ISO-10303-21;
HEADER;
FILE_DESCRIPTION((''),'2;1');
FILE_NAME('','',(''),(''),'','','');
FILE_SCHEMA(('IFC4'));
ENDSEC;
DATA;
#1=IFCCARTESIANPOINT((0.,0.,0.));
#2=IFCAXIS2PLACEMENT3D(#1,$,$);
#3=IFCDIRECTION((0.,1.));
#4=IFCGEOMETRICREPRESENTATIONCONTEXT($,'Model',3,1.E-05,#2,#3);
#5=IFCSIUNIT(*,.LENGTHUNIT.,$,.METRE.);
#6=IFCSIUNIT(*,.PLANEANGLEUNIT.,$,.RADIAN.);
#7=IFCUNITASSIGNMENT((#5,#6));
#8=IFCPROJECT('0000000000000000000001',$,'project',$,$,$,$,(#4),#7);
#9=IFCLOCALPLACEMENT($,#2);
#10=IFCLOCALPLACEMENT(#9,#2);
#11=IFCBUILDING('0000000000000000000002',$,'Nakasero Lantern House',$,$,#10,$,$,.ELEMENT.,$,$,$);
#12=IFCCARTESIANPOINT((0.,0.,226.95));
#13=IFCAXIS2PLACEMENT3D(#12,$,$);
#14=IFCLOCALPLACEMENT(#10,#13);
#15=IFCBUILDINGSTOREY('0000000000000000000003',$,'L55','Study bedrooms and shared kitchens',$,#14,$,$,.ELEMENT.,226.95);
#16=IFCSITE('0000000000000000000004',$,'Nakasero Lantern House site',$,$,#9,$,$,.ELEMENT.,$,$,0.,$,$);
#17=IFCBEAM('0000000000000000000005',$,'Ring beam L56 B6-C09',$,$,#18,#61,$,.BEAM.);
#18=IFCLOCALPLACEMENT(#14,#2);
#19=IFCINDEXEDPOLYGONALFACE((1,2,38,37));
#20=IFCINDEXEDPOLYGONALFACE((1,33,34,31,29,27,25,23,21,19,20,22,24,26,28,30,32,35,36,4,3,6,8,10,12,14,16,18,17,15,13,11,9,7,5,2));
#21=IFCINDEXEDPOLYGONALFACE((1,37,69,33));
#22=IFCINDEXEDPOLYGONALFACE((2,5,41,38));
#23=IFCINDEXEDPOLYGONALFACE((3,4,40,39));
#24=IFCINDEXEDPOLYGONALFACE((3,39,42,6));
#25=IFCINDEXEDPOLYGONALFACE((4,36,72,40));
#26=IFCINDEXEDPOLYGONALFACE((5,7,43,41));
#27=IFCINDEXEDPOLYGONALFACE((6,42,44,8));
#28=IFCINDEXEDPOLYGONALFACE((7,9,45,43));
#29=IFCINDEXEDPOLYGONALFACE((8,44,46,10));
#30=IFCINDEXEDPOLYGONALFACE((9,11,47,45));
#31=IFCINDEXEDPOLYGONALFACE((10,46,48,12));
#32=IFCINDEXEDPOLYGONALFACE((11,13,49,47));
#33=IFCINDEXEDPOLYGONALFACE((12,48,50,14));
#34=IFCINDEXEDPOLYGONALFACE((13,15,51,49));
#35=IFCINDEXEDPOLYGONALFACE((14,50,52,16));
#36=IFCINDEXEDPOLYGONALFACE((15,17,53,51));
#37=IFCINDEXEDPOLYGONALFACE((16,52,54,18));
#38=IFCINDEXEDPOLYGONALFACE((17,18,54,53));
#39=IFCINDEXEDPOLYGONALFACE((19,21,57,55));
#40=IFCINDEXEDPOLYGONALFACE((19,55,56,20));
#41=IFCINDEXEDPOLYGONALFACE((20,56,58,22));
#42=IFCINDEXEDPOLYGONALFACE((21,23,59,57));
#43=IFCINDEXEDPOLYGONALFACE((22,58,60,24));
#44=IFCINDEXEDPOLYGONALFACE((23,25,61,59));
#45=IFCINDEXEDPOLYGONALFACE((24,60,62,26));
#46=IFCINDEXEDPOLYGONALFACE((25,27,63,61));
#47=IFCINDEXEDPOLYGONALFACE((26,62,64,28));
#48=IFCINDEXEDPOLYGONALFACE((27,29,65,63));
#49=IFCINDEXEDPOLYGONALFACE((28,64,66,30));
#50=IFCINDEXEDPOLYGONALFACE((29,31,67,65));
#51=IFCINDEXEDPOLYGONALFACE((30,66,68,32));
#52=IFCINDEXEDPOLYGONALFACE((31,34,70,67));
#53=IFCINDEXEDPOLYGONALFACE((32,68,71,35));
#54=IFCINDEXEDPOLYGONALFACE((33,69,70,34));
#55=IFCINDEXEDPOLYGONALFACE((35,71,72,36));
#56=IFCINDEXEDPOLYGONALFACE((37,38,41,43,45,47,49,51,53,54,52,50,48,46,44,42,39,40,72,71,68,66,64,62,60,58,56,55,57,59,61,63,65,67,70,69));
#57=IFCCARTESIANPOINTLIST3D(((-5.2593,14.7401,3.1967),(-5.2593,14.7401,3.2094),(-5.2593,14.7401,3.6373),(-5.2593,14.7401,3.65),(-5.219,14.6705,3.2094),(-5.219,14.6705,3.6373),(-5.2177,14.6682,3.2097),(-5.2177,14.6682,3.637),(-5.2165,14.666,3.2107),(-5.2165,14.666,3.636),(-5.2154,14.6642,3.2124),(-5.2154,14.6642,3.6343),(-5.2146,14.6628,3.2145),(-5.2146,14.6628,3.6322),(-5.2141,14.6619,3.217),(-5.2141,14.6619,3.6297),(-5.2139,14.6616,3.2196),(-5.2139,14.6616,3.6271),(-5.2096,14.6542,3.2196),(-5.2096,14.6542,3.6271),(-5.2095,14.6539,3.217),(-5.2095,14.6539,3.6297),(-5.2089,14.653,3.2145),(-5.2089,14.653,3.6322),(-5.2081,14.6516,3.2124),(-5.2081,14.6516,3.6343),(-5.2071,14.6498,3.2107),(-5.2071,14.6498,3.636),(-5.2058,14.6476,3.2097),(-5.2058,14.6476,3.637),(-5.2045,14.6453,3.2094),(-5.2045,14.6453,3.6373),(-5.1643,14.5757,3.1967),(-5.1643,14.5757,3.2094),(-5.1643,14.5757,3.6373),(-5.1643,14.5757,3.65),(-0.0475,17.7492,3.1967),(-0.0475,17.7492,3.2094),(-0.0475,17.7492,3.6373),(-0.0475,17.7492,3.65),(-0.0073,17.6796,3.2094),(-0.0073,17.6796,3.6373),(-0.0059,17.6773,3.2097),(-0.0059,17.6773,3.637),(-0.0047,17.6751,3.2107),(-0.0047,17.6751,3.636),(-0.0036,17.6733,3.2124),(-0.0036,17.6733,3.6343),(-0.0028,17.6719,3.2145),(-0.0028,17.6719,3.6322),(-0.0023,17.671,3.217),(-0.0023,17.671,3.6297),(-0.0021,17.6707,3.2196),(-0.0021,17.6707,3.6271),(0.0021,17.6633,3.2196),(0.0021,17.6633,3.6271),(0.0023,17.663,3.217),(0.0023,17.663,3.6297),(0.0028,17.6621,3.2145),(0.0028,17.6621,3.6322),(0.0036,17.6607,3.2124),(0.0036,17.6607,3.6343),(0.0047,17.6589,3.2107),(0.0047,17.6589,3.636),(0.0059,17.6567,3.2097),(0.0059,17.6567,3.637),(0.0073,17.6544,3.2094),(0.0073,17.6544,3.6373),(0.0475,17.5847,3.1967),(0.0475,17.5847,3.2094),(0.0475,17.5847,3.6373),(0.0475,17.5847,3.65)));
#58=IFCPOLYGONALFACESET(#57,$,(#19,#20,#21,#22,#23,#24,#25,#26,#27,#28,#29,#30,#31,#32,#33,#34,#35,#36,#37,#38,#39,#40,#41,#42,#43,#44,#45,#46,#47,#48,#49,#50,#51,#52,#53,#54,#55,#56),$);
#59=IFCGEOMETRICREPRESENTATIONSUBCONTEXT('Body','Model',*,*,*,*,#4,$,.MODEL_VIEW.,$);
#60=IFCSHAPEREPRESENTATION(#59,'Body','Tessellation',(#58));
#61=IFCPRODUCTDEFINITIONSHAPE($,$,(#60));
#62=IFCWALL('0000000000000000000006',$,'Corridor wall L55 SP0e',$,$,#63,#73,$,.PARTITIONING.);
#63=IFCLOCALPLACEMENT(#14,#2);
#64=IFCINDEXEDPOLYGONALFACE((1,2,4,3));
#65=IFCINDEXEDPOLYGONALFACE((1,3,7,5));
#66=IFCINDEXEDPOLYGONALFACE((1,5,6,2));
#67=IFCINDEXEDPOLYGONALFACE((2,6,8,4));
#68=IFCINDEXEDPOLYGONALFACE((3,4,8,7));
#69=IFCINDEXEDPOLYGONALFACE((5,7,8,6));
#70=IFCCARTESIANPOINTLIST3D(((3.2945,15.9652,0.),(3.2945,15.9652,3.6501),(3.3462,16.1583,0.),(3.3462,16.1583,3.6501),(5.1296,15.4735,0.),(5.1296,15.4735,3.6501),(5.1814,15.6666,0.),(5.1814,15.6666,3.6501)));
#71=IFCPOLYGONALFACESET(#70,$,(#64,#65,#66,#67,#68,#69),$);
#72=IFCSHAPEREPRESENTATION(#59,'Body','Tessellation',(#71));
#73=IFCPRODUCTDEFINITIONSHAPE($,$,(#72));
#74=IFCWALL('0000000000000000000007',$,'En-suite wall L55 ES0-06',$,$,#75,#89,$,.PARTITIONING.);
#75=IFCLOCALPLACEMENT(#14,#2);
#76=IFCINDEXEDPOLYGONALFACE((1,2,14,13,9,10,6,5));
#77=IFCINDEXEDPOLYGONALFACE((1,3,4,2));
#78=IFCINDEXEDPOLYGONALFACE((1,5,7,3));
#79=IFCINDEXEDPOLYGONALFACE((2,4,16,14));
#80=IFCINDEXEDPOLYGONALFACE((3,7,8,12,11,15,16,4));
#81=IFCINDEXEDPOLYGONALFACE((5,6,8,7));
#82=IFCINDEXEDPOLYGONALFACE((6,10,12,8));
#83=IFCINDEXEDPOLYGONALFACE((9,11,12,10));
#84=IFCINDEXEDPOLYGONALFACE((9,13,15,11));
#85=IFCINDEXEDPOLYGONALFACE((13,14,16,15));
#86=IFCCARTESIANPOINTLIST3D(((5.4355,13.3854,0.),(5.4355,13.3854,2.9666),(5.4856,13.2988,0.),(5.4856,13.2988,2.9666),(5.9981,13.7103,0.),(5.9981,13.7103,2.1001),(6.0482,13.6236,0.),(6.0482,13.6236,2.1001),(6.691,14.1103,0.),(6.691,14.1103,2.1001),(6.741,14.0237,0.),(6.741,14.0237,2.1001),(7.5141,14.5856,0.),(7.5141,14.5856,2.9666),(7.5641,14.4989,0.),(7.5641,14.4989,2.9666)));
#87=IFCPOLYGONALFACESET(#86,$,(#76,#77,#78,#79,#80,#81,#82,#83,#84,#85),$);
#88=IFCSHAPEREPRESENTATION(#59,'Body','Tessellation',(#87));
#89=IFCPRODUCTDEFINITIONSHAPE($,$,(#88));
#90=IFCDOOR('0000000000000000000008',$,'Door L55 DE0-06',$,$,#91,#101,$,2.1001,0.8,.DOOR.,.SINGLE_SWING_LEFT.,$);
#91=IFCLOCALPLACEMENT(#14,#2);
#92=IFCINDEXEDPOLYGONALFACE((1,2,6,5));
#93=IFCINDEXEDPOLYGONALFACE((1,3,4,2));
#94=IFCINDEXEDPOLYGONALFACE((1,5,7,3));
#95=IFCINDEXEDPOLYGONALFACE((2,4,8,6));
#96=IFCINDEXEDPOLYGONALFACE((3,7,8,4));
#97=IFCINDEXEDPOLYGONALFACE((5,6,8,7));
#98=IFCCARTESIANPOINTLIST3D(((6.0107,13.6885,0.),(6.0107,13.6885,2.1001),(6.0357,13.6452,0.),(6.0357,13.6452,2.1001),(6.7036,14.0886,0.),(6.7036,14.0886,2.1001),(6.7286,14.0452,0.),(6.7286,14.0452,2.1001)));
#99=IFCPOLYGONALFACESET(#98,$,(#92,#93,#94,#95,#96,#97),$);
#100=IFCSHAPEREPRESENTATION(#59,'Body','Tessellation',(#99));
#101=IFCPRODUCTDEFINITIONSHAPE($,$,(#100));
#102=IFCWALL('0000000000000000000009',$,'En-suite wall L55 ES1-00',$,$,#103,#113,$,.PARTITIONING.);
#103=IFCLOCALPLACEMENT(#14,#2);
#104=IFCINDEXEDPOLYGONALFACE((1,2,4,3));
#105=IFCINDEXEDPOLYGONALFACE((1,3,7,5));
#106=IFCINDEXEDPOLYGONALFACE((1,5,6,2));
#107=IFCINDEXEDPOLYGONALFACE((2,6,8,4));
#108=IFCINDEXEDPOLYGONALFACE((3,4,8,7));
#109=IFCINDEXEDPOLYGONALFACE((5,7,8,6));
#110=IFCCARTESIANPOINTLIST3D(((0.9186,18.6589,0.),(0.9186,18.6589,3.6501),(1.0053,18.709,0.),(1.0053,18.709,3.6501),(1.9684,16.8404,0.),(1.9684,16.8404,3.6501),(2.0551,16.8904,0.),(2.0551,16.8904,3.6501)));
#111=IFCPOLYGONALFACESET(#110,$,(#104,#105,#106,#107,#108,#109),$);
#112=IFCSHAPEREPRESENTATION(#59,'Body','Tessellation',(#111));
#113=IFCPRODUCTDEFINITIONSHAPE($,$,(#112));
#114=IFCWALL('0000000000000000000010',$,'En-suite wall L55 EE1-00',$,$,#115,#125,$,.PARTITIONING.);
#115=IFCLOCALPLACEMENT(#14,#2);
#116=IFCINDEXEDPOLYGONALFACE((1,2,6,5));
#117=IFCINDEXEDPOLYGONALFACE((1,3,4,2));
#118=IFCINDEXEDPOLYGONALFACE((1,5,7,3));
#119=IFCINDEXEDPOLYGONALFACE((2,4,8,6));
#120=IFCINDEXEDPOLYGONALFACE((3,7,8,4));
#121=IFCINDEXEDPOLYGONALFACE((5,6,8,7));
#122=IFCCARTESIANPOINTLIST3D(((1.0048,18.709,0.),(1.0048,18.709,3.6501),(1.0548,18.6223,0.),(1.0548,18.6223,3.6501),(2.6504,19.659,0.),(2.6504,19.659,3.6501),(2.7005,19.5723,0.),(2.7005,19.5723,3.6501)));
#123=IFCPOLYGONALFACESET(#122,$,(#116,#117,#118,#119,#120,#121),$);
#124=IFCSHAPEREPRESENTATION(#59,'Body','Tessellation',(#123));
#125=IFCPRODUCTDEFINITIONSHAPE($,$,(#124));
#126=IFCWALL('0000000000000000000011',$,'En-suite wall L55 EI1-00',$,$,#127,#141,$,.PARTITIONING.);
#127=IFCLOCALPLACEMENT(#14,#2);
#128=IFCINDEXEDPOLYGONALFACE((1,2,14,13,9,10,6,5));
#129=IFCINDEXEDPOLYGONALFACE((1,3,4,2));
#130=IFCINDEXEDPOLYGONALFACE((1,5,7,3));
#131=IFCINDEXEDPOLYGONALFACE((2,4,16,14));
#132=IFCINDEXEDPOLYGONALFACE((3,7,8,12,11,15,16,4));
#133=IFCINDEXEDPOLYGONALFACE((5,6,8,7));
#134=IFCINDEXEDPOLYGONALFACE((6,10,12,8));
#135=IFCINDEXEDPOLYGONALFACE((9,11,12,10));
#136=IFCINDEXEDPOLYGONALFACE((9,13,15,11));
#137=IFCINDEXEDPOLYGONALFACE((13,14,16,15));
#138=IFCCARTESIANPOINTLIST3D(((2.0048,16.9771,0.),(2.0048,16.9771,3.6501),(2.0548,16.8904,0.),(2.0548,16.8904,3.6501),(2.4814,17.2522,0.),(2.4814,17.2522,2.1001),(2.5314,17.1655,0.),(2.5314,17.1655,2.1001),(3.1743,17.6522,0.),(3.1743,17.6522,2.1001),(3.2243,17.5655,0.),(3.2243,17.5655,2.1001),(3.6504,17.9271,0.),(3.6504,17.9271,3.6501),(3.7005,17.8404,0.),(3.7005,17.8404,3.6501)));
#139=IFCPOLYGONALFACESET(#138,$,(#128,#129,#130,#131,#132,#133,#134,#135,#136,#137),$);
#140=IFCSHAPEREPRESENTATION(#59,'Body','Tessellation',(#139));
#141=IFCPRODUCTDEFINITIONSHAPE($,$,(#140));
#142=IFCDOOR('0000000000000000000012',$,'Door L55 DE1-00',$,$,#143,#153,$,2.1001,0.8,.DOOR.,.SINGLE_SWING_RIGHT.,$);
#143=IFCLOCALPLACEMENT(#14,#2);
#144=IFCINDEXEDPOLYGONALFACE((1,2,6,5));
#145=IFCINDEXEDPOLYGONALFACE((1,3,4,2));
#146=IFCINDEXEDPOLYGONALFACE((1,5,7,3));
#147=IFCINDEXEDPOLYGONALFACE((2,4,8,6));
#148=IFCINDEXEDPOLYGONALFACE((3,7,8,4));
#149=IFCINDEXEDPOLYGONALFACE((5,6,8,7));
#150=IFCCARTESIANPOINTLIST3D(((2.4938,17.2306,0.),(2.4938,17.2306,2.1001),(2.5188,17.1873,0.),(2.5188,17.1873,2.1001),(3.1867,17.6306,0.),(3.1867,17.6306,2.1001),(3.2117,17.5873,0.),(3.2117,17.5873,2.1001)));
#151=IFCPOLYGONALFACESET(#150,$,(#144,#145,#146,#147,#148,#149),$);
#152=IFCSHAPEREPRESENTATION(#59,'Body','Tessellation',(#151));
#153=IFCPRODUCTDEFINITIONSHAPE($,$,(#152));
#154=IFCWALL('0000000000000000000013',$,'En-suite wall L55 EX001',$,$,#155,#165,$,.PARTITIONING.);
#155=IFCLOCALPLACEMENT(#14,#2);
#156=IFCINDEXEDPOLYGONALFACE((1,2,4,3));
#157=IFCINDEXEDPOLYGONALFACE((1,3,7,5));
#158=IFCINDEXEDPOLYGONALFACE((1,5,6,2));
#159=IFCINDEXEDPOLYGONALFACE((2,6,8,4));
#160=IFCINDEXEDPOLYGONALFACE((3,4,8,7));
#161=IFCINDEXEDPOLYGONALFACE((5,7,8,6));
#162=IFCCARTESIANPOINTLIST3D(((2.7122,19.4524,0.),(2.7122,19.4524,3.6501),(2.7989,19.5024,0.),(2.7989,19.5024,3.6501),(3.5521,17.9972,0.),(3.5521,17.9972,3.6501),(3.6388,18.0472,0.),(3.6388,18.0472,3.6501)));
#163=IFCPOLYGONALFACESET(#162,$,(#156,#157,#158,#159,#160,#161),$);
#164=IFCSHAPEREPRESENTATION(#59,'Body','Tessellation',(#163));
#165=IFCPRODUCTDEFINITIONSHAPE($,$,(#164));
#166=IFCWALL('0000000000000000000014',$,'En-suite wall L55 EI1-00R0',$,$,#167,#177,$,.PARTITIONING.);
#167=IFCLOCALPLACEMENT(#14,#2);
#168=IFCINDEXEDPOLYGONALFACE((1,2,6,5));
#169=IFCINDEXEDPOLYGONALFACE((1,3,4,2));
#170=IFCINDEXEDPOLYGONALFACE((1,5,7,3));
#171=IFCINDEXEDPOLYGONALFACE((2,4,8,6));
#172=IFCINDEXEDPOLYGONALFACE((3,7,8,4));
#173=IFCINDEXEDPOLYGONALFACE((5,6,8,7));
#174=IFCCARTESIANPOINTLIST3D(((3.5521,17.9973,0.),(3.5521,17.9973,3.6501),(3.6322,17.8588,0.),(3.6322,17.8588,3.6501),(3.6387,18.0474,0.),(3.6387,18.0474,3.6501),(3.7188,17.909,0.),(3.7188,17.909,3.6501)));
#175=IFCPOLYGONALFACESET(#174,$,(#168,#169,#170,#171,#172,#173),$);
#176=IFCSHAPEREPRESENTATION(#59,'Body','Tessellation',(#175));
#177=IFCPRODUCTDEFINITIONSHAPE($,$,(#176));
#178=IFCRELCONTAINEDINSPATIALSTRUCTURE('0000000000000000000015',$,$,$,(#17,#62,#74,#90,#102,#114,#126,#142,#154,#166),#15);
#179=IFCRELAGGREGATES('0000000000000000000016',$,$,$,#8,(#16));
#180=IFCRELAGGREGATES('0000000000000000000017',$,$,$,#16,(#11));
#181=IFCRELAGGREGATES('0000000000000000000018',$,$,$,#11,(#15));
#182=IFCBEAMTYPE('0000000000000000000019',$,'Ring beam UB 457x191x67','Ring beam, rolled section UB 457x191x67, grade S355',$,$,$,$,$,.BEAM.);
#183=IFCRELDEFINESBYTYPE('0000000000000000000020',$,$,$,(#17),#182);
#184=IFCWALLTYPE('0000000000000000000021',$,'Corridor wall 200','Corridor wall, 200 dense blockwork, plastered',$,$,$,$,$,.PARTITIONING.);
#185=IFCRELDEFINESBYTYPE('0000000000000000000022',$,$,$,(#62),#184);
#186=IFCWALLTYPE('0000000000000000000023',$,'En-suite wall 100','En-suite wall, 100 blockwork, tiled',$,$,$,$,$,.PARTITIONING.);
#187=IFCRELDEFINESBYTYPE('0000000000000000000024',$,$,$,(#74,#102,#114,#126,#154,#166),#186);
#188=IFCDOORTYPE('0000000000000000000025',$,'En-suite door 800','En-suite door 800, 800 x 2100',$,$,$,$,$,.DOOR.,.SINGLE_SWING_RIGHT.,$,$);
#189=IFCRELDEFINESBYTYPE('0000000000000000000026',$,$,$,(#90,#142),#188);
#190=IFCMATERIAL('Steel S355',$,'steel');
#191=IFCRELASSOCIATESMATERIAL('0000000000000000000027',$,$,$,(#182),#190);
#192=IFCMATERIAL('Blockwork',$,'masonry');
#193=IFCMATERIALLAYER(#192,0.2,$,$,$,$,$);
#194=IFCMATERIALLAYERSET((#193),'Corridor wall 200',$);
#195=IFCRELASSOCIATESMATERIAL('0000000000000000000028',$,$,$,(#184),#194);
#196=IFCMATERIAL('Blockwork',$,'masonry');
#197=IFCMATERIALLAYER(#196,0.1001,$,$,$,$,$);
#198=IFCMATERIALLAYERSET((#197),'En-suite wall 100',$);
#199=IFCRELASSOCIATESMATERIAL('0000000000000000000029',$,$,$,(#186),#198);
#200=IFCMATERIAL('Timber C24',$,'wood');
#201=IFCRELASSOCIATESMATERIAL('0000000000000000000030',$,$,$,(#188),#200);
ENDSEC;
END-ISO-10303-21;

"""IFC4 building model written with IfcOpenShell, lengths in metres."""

from ifc_helpers import new_model, si_unit, direction, frame, frame_2d, origin, origin_2d, place, context, subcontext, project, spatial, rectangle, i_section, extrude, material, layer, layer_set, material_profile, profile_set, type_object, element, fill, save


model = new_model("IFC4")

# Units and contexts
model_context = context("Model", 3, precision=1e-05, world=origin(), true_north=direction((0.0, 1.0)))
body_context = subcontext(model_context, "Body", "Model", "MODEL_VIEW")
ifc_project = project(units=[si_unit("LENGTHUNIT", "METRE"), si_unit("PLANEANGLEUNIT", "RADIAN")], contexts=[model_context])

# Site, building, storey
site_placement = place(None, origin())
site = spatial("IfcSite", under=ifc_project, at=site_placement, Name="Nakasero Lantern House site", CompositionType="ELEMENT", RefElevation=0.0)
building_placement = place(site_placement, origin())
building = spatial("IfcBuilding", under=site, at=building_placement, Name="Nakasero Lantern House", CompositionType="ELEMENT")
storey_placement = place(building_placement, frame((0.0, 0.0, 226.95)))
storey = spatial("IfcBuildingStorey", under=building, at=storey_placement, Name="L55", Description="Study bedrooms and shared kitchens", CompositionType="ELEMENT", Elevation=226.95)

# Beam
ifc_material_1 = material(Name="Steel S355", Category="steel")
ifc_material_profile = material_profile(ifc_material_1, i_section(OverallWidth=0.1899, OverallDepth=0.4534, WebThickness=0.0085, FlangeThickness=0.0127, FilletRadius=0.0103, at=origin_2d()), Name="UB 457x191x67")
ifc_profile_set = profile_set([ifc_material_profile], Name="Steel S355")
beam_type = type_object("IfcBeamType", Name="Ring beam UB 457x191x67", Description="Ring beam, rolled section UB 457x191x67, grade S355", PredefinedType="BEAM", material=ifc_profile_set)
beam_placement = place(storey_placement, frame((0.0, 17.667, 3.4233), z_axis=(-0.86602, -0.500009, 0.0), x_axis=(0.500009, -0.86602, 0.0)))
element("IfcBeam", 1, at=beam_placement, inside=storey, type_object=beam_type, Name="Ring beam L56 B6-C09", PredefinedType="BEAM", context=body_context, shape_type="SweptSolid", body=[
    extrude(i_section(OverallWidth=0.1899, OverallDepth=0.4534, WebThickness=0.0085, FlangeThickness=0.0127, FilletRadius=0.0103, at=origin_2d()), origin(), (0.0, 0.0, 1.0), 6.0181),
])

# Wall
ifc_material_2 = material(Name="Blockwork", Category="masonry")
ifc_layer_1 = layer(ifc_material_2, 0.2)
ifc_layer_set_1 = layer_set([ifc_layer_1], Name="Corridor wall 200")
wall_type_1 = type_object("IfcWallType", Name="Corridor wall 200", Description="Corridor wall, 200 dense blockwork, plastered", PredefinedType="PARTITIONING", material=ifc_layer_set_1)
wall_1_placement = place(storey_placement, frame((5.1555, 15.5701, 0.0), z_axis=(0.0, 0.0, 1.0), x_axis=(-0.965931, 0.258798, 0.0)))
element("IfcWall", 2, at=wall_1_placement, inside=storey, type_object=wall_type_1, Name="Corridor wall L55 SP0e", PredefinedType="PARTITIONING", context=body_context, shape_type="SweptSolid", body=[
    extrude(rectangle(XDim=1.8999, YDim=0.2, at=frame_2d((0.95, 0.0))), origin(), (0.0, 0.0, 1.0), 3.6501),
])

# Wall, opening, door
ifc_material_3 = material(Name="Blockwork", Category="masonry")
ifc_layer_2 = layer(ifc_material_3, 0.1001)
ifc_layer_set_2 = layer_set([ifc_layer_2], Name="En-suite wall 100")
wall_type_2 = type_object("IfcWallType", Name="En-suite wall 100", Description="En-suite wall, 100 blockwork, tiled", PredefinedType="PARTITIONING", material=ifc_layer_set_2)
wall_2_placement = place(storey_placement, frame((5.4604, 13.342, 0.0), z_axis=(0.0, 0.0, 1.0), x_axis=(0.866006, 0.500034, 0.0)))
wall_2 = element("IfcWall", 3, at=wall_2_placement, inside=storey, type_object=wall_type_2, Name="En-suite wall L55 ES0-06", PredefinedType="PARTITIONING", context=body_context, shape_type="SweptSolid", body=[
    extrude(rectangle(XDim=2.4001, YDim=0.1001, at=frame_2d((1.2002, 0.0))), origin(), (0.0, 0.0, 1.0), 2.9666),
])
opening_1_placement = place(wall_2_placement, frame((0.6499, 0.0, 0.0)))
opening_1 = element("IfcOpeningElement", 4, at=opening_1_placement, cuts=wall_2, PredefinedType="OPENING", context=body_context, shape_type="SweptSolid", body=[
    extrude(rectangle(XDim=0.8, YDim=2.1001, at=frame_2d((0.3999, 1.05))), frame((0.0, 0.0701, 0.0), z_axis=(0.0, -1.0, 0.0), x_axis=(1.0, 0.0, 0.0)), (0.0, 0.0, 1.0), 0.1401),
])
ifc_material_4 = material(Name="Timber C24", Category="wood")
door_type_1 = type_object("IfcDoorType", Name="En-suite door 800", Description="En-suite door 800, 800 x 2100", OperationType="SINGLE_SWING_RIGHT", PredefinedType="DOOR", material=ifc_material_4)
door_1_placement = place(opening_1_placement, origin())
door_1 = element("IfcDoor", 5, at=door_1_placement, inside=storey, type_object=door_type_1, Name="Door L55 DE0-06", OperationType="SINGLE_SWING_LEFT", OverallHeight=2.1001, OverallWidth=0.8, PredefinedType="DOOR", context=body_context, shape_type="SweptSolid", body=[
    extrude(rectangle(XDim=0.8, YDim=2.1001, at=frame_2d((0.3999, 1.05))), frame((0.0, 0.0249, 0.0), z_axis=(0.0, -1.0, 0.0), x_axis=(1.0, 0.0, 0.0)), (0.0, 0.0, 1.0), 0.05),
])
fill(opening_1, door_1)

# Walls
wall_3_placement = place(storey_placement, frame((2.0117, 16.8655, 0.0), z_axis=(0.0, 0.0, 1.0), x_axis=(-0.499941, 0.86606, 0.0)))
element("IfcWall", 6, at=wall_3_placement, inside=storey, type_object=wall_type_2, Name="En-suite wall L55 ES1-00", PredefinedType="PARTITIONING", context=body_context, shape_type="SweptSolid", body=[
    extrude(rectangle(XDim=2.0999, YDim=0.1001, at=frame_2d((1.0498, 0.0))), origin(), (0.0, 0.0, 1.0), 3.6501),
])
wall_4_placement = place(storey_placement, frame((2.6755, 19.6157, 0.0), z_axis=(0.0, 0.0, 1.0), x_axis=(-0.866044, -0.499967, 0.0)))
element("IfcWall", 7, at=wall_4_placement, inside=storey, type_object=wall_type_2, Name="En-suite wall L55 EE1-00", PredefinedType="PARTITIONING", context=body_context, shape_type="SweptSolid", body=[
    extrude(rectangle(XDim=1.9001, YDim=0.1001, at=frame_2d((0.9502, 0.0))), origin(), (0.0, 0.0, 1.0), 3.6501),
])

# Wall, opening, door
wall_5_placement = place(storey_placement, frame((3.6755, 17.8838, 0.0), z_axis=(0.0, 0.0, 1.0), x_axis=(-0.866044, -0.499967, 0.0)))
wall_5 = element("IfcWall", 8, at=wall_5_placement, inside=storey, type_object=wall_type_2, Name="En-suite wall L55 EI1-00", PredefinedType="PARTITIONING", context=body_context, shape_type="SweptSolid", body=[
    extrude(rectangle(XDim=1.9001, YDim=0.1001, at=frame_2d((0.9502, 0.0))), origin(), (0.0, 0.0, 1.0), 3.6501),
])
opening_2_placement = place(wall_5_placement, frame((0.55, 0.0, 0.0)))
opening_2 = element("IfcOpeningElement", 9, at=opening_2_placement, cuts=wall_5, PredefinedType="OPENING", context=body_context, shape_type="SweptSolid", body=[
    extrude(rectangle(XDim=0.8, YDim=2.1001, at=frame_2d((0.3999, 1.05))), frame((0.0, 0.0701, 0.0), z_axis=(0.0, -1.0, 0.0), x_axis=(1.0, 0.0, 0.0)), (0.0, 0.0, 1.0), 0.1401),
])
door_2_placement = place(opening_2_placement, origin())
door_2 = element("IfcDoor", 10, at=door_2_placement, inside=storey, type_object=door_type_1, Name="Door L55 DE1-00", OperationType="SINGLE_SWING_RIGHT", OverallHeight=2.1001, OverallWidth=0.8, PredefinedType="DOOR", context=body_context, shape_type="SweptSolid", body=[
    extrude(rectangle(XDim=0.8, YDim=2.1001, at=frame_2d((0.3999, 1.05))), frame((0.0, 0.0249, 0.0), z_axis=(0.0, -1.0, 0.0), x_axis=(1.0, 0.0, 0.0)), (0.0, 0.0, 1.0), 0.05),
])
fill(opening_2, door_2)

# Walls
wall_6_placement = place(storey_placement, frame((3.5955, 18.0222, 0.0), z_axis=(0.0, 0.0, 1.0), x_axis=(-0.49989, 0.866089, 0.0)))
element("IfcWall", 11, at=wall_6_placement, inside=storey, type_object=wall_type_2, Name="En-suite wall L55 EX001", PredefinedType="PARTITIONING", context=body_context, shape_type="SweptSolid", body=[
    extrude(rectangle(XDim=1.6802, YDim=0.1001, at=frame_2d((0.8401, 0.0))), origin(), (0.0, 0.0, 1.0), 3.6501),
])
wall_7_placement = place(storey_placement, frame((3.6755, 17.8838, 0.0), z_axis=(0.0, 0.0, 1.0), x_axis=(-0.500735, 0.8656, 0.0)))
element("IfcWall", 12, at=wall_7_placement, inside=storey, type_object=wall_type_2, Name="En-suite wall L55 EI1-00R0", PredefinedType="PARTITIONING", context=body_context, shape_type="SweptSolid", body=[
    extrude(rectangle(XDim=0.1599, YDim=0.1001, at=frame_2d((0.0801, 0.0))), origin(), (0.0, 0.0, 1.0), 3.6501),
])

save(model, "model.ifc")
